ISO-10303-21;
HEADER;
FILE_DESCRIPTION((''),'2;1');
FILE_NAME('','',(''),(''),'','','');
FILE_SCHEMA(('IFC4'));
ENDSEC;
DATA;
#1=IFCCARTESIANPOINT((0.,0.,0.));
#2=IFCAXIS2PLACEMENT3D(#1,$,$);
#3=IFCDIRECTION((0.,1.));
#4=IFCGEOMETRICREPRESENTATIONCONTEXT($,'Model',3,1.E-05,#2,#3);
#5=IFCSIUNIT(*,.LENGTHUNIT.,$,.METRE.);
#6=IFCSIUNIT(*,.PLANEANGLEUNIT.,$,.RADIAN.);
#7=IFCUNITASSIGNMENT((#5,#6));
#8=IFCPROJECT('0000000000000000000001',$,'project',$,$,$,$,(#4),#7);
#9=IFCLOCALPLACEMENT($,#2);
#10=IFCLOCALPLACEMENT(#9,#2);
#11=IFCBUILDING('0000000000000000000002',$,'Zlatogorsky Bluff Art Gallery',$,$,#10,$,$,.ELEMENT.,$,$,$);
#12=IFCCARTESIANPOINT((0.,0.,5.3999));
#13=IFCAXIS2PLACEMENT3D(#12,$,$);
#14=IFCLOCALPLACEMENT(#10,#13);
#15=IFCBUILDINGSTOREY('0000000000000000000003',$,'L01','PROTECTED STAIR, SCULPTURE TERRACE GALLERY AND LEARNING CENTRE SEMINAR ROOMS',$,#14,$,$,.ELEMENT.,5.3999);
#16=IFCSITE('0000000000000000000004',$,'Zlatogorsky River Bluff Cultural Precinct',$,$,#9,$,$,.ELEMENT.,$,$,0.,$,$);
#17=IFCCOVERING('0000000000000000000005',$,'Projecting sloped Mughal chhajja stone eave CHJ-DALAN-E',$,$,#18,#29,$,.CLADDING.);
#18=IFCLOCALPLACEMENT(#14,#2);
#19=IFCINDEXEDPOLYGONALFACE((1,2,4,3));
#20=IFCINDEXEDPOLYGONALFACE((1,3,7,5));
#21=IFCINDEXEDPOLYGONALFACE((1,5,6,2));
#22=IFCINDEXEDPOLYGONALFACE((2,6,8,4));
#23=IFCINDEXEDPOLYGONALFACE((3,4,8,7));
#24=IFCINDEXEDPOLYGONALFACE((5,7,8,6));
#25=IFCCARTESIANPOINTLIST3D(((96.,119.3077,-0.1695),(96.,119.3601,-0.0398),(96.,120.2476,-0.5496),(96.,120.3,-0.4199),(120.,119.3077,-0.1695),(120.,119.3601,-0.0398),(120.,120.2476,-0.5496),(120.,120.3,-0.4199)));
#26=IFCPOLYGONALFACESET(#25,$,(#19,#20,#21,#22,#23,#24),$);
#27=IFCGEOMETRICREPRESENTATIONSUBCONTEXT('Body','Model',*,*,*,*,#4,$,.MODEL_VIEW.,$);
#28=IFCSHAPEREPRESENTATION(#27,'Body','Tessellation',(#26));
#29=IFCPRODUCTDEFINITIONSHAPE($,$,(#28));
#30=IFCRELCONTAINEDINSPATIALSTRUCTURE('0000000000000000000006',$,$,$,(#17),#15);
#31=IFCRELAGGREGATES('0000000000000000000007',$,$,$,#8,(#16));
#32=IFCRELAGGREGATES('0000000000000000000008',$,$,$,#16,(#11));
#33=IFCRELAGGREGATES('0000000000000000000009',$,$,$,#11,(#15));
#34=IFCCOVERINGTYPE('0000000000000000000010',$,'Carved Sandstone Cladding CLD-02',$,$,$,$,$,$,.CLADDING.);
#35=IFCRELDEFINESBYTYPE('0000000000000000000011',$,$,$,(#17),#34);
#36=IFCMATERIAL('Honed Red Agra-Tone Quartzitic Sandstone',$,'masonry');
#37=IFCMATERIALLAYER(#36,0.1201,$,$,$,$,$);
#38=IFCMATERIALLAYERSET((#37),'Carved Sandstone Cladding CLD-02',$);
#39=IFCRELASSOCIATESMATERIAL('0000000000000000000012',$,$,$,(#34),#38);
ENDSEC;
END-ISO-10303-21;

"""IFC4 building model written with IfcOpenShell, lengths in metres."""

from ifc_helpers import new_model, si_unit, direction, frame, origin, place, context, subcontext, project, spatial, polyline, outline, extrude, material, layer, layer_set, type_object, element, save


model = new_model("IFC4")

# Units and contexts
model_context = context("Model", 3, precision=1e-05, world=origin(), true_north=direction((0.0, 1.0)))
body_context = subcontext(model_context, "Body", "Model", "MODEL_VIEW")
ifc_project = project(units=[si_unit("LENGTHUNIT", "METRE"), si_unit("PLANEANGLEUNIT", "RADIAN")], contexts=[model_context])

# Site, building, storey
site_placement = place(None, origin())
site = spatial("IfcSite", under=ifc_project, at=site_placement, Name="Zlatogorsky River Bluff Cultural Precinct", CompositionType="ELEMENT", RefElevation=0.0)
building_placement = place(site_placement, origin())
building = spatial("IfcBuilding", under=site, at=building_placement, Name="Zlatogorsky Bluff Art Gallery", CompositionType="ELEMENT")
storey_placement = place(building_placement, frame((0.0, 0.0, 5.3999)))
storey = spatial("IfcBuildingStorey", under=building, at=storey_placement, Name="L01", Description="PROTECTED STAIR, SCULPTURE TERRACE GALLERY AND LEARNING CENTRE SEMINAR ROOMS", CompositionType="ELEMENT", Elevation=5.3999)

# Covering
ifc_material_1 = material(Name="Honed Red Agra-Tone Quartzitic Sandstone", Category="masonry")
ifc_layer = layer(ifc_material_1, 0.1201)
ifc_layer_set = layer_set([ifc_layer], Name="Carved Sandstone Cladding CLD-02")
covering_type = type_object("IfcCoveringType", Name="Carved Sandstone Cladding CLD-02", PredefinedType="CLADDING", material=ifc_layer_set)
covering_placement = place(storey_placement, frame((96.0, 119.3601, -0.0398), z_axis=(0.0, 0.374917, 0.927058), x_axis=(1.0, 0.0, 0.0)))
element("IfcCovering", 1, at=covering_placement, inside=storey, type_object=covering_type, Name="Projecting sloped Mughal chhajja stone eave CHJ-DALAN-E", PredefinedType="CLADDING", context=body_context, shape_type="SweptSolid", body=[
    extrude(outline(polyline([(0.0, 0.0), (24.0, 0.0), (24.0, 1.0139), (0.0, 1.0139), (0.0, 0.0)])), origin(), (0.0, 0.0, -1.0), 0.1399),
])

save(model, "model.ifc")
